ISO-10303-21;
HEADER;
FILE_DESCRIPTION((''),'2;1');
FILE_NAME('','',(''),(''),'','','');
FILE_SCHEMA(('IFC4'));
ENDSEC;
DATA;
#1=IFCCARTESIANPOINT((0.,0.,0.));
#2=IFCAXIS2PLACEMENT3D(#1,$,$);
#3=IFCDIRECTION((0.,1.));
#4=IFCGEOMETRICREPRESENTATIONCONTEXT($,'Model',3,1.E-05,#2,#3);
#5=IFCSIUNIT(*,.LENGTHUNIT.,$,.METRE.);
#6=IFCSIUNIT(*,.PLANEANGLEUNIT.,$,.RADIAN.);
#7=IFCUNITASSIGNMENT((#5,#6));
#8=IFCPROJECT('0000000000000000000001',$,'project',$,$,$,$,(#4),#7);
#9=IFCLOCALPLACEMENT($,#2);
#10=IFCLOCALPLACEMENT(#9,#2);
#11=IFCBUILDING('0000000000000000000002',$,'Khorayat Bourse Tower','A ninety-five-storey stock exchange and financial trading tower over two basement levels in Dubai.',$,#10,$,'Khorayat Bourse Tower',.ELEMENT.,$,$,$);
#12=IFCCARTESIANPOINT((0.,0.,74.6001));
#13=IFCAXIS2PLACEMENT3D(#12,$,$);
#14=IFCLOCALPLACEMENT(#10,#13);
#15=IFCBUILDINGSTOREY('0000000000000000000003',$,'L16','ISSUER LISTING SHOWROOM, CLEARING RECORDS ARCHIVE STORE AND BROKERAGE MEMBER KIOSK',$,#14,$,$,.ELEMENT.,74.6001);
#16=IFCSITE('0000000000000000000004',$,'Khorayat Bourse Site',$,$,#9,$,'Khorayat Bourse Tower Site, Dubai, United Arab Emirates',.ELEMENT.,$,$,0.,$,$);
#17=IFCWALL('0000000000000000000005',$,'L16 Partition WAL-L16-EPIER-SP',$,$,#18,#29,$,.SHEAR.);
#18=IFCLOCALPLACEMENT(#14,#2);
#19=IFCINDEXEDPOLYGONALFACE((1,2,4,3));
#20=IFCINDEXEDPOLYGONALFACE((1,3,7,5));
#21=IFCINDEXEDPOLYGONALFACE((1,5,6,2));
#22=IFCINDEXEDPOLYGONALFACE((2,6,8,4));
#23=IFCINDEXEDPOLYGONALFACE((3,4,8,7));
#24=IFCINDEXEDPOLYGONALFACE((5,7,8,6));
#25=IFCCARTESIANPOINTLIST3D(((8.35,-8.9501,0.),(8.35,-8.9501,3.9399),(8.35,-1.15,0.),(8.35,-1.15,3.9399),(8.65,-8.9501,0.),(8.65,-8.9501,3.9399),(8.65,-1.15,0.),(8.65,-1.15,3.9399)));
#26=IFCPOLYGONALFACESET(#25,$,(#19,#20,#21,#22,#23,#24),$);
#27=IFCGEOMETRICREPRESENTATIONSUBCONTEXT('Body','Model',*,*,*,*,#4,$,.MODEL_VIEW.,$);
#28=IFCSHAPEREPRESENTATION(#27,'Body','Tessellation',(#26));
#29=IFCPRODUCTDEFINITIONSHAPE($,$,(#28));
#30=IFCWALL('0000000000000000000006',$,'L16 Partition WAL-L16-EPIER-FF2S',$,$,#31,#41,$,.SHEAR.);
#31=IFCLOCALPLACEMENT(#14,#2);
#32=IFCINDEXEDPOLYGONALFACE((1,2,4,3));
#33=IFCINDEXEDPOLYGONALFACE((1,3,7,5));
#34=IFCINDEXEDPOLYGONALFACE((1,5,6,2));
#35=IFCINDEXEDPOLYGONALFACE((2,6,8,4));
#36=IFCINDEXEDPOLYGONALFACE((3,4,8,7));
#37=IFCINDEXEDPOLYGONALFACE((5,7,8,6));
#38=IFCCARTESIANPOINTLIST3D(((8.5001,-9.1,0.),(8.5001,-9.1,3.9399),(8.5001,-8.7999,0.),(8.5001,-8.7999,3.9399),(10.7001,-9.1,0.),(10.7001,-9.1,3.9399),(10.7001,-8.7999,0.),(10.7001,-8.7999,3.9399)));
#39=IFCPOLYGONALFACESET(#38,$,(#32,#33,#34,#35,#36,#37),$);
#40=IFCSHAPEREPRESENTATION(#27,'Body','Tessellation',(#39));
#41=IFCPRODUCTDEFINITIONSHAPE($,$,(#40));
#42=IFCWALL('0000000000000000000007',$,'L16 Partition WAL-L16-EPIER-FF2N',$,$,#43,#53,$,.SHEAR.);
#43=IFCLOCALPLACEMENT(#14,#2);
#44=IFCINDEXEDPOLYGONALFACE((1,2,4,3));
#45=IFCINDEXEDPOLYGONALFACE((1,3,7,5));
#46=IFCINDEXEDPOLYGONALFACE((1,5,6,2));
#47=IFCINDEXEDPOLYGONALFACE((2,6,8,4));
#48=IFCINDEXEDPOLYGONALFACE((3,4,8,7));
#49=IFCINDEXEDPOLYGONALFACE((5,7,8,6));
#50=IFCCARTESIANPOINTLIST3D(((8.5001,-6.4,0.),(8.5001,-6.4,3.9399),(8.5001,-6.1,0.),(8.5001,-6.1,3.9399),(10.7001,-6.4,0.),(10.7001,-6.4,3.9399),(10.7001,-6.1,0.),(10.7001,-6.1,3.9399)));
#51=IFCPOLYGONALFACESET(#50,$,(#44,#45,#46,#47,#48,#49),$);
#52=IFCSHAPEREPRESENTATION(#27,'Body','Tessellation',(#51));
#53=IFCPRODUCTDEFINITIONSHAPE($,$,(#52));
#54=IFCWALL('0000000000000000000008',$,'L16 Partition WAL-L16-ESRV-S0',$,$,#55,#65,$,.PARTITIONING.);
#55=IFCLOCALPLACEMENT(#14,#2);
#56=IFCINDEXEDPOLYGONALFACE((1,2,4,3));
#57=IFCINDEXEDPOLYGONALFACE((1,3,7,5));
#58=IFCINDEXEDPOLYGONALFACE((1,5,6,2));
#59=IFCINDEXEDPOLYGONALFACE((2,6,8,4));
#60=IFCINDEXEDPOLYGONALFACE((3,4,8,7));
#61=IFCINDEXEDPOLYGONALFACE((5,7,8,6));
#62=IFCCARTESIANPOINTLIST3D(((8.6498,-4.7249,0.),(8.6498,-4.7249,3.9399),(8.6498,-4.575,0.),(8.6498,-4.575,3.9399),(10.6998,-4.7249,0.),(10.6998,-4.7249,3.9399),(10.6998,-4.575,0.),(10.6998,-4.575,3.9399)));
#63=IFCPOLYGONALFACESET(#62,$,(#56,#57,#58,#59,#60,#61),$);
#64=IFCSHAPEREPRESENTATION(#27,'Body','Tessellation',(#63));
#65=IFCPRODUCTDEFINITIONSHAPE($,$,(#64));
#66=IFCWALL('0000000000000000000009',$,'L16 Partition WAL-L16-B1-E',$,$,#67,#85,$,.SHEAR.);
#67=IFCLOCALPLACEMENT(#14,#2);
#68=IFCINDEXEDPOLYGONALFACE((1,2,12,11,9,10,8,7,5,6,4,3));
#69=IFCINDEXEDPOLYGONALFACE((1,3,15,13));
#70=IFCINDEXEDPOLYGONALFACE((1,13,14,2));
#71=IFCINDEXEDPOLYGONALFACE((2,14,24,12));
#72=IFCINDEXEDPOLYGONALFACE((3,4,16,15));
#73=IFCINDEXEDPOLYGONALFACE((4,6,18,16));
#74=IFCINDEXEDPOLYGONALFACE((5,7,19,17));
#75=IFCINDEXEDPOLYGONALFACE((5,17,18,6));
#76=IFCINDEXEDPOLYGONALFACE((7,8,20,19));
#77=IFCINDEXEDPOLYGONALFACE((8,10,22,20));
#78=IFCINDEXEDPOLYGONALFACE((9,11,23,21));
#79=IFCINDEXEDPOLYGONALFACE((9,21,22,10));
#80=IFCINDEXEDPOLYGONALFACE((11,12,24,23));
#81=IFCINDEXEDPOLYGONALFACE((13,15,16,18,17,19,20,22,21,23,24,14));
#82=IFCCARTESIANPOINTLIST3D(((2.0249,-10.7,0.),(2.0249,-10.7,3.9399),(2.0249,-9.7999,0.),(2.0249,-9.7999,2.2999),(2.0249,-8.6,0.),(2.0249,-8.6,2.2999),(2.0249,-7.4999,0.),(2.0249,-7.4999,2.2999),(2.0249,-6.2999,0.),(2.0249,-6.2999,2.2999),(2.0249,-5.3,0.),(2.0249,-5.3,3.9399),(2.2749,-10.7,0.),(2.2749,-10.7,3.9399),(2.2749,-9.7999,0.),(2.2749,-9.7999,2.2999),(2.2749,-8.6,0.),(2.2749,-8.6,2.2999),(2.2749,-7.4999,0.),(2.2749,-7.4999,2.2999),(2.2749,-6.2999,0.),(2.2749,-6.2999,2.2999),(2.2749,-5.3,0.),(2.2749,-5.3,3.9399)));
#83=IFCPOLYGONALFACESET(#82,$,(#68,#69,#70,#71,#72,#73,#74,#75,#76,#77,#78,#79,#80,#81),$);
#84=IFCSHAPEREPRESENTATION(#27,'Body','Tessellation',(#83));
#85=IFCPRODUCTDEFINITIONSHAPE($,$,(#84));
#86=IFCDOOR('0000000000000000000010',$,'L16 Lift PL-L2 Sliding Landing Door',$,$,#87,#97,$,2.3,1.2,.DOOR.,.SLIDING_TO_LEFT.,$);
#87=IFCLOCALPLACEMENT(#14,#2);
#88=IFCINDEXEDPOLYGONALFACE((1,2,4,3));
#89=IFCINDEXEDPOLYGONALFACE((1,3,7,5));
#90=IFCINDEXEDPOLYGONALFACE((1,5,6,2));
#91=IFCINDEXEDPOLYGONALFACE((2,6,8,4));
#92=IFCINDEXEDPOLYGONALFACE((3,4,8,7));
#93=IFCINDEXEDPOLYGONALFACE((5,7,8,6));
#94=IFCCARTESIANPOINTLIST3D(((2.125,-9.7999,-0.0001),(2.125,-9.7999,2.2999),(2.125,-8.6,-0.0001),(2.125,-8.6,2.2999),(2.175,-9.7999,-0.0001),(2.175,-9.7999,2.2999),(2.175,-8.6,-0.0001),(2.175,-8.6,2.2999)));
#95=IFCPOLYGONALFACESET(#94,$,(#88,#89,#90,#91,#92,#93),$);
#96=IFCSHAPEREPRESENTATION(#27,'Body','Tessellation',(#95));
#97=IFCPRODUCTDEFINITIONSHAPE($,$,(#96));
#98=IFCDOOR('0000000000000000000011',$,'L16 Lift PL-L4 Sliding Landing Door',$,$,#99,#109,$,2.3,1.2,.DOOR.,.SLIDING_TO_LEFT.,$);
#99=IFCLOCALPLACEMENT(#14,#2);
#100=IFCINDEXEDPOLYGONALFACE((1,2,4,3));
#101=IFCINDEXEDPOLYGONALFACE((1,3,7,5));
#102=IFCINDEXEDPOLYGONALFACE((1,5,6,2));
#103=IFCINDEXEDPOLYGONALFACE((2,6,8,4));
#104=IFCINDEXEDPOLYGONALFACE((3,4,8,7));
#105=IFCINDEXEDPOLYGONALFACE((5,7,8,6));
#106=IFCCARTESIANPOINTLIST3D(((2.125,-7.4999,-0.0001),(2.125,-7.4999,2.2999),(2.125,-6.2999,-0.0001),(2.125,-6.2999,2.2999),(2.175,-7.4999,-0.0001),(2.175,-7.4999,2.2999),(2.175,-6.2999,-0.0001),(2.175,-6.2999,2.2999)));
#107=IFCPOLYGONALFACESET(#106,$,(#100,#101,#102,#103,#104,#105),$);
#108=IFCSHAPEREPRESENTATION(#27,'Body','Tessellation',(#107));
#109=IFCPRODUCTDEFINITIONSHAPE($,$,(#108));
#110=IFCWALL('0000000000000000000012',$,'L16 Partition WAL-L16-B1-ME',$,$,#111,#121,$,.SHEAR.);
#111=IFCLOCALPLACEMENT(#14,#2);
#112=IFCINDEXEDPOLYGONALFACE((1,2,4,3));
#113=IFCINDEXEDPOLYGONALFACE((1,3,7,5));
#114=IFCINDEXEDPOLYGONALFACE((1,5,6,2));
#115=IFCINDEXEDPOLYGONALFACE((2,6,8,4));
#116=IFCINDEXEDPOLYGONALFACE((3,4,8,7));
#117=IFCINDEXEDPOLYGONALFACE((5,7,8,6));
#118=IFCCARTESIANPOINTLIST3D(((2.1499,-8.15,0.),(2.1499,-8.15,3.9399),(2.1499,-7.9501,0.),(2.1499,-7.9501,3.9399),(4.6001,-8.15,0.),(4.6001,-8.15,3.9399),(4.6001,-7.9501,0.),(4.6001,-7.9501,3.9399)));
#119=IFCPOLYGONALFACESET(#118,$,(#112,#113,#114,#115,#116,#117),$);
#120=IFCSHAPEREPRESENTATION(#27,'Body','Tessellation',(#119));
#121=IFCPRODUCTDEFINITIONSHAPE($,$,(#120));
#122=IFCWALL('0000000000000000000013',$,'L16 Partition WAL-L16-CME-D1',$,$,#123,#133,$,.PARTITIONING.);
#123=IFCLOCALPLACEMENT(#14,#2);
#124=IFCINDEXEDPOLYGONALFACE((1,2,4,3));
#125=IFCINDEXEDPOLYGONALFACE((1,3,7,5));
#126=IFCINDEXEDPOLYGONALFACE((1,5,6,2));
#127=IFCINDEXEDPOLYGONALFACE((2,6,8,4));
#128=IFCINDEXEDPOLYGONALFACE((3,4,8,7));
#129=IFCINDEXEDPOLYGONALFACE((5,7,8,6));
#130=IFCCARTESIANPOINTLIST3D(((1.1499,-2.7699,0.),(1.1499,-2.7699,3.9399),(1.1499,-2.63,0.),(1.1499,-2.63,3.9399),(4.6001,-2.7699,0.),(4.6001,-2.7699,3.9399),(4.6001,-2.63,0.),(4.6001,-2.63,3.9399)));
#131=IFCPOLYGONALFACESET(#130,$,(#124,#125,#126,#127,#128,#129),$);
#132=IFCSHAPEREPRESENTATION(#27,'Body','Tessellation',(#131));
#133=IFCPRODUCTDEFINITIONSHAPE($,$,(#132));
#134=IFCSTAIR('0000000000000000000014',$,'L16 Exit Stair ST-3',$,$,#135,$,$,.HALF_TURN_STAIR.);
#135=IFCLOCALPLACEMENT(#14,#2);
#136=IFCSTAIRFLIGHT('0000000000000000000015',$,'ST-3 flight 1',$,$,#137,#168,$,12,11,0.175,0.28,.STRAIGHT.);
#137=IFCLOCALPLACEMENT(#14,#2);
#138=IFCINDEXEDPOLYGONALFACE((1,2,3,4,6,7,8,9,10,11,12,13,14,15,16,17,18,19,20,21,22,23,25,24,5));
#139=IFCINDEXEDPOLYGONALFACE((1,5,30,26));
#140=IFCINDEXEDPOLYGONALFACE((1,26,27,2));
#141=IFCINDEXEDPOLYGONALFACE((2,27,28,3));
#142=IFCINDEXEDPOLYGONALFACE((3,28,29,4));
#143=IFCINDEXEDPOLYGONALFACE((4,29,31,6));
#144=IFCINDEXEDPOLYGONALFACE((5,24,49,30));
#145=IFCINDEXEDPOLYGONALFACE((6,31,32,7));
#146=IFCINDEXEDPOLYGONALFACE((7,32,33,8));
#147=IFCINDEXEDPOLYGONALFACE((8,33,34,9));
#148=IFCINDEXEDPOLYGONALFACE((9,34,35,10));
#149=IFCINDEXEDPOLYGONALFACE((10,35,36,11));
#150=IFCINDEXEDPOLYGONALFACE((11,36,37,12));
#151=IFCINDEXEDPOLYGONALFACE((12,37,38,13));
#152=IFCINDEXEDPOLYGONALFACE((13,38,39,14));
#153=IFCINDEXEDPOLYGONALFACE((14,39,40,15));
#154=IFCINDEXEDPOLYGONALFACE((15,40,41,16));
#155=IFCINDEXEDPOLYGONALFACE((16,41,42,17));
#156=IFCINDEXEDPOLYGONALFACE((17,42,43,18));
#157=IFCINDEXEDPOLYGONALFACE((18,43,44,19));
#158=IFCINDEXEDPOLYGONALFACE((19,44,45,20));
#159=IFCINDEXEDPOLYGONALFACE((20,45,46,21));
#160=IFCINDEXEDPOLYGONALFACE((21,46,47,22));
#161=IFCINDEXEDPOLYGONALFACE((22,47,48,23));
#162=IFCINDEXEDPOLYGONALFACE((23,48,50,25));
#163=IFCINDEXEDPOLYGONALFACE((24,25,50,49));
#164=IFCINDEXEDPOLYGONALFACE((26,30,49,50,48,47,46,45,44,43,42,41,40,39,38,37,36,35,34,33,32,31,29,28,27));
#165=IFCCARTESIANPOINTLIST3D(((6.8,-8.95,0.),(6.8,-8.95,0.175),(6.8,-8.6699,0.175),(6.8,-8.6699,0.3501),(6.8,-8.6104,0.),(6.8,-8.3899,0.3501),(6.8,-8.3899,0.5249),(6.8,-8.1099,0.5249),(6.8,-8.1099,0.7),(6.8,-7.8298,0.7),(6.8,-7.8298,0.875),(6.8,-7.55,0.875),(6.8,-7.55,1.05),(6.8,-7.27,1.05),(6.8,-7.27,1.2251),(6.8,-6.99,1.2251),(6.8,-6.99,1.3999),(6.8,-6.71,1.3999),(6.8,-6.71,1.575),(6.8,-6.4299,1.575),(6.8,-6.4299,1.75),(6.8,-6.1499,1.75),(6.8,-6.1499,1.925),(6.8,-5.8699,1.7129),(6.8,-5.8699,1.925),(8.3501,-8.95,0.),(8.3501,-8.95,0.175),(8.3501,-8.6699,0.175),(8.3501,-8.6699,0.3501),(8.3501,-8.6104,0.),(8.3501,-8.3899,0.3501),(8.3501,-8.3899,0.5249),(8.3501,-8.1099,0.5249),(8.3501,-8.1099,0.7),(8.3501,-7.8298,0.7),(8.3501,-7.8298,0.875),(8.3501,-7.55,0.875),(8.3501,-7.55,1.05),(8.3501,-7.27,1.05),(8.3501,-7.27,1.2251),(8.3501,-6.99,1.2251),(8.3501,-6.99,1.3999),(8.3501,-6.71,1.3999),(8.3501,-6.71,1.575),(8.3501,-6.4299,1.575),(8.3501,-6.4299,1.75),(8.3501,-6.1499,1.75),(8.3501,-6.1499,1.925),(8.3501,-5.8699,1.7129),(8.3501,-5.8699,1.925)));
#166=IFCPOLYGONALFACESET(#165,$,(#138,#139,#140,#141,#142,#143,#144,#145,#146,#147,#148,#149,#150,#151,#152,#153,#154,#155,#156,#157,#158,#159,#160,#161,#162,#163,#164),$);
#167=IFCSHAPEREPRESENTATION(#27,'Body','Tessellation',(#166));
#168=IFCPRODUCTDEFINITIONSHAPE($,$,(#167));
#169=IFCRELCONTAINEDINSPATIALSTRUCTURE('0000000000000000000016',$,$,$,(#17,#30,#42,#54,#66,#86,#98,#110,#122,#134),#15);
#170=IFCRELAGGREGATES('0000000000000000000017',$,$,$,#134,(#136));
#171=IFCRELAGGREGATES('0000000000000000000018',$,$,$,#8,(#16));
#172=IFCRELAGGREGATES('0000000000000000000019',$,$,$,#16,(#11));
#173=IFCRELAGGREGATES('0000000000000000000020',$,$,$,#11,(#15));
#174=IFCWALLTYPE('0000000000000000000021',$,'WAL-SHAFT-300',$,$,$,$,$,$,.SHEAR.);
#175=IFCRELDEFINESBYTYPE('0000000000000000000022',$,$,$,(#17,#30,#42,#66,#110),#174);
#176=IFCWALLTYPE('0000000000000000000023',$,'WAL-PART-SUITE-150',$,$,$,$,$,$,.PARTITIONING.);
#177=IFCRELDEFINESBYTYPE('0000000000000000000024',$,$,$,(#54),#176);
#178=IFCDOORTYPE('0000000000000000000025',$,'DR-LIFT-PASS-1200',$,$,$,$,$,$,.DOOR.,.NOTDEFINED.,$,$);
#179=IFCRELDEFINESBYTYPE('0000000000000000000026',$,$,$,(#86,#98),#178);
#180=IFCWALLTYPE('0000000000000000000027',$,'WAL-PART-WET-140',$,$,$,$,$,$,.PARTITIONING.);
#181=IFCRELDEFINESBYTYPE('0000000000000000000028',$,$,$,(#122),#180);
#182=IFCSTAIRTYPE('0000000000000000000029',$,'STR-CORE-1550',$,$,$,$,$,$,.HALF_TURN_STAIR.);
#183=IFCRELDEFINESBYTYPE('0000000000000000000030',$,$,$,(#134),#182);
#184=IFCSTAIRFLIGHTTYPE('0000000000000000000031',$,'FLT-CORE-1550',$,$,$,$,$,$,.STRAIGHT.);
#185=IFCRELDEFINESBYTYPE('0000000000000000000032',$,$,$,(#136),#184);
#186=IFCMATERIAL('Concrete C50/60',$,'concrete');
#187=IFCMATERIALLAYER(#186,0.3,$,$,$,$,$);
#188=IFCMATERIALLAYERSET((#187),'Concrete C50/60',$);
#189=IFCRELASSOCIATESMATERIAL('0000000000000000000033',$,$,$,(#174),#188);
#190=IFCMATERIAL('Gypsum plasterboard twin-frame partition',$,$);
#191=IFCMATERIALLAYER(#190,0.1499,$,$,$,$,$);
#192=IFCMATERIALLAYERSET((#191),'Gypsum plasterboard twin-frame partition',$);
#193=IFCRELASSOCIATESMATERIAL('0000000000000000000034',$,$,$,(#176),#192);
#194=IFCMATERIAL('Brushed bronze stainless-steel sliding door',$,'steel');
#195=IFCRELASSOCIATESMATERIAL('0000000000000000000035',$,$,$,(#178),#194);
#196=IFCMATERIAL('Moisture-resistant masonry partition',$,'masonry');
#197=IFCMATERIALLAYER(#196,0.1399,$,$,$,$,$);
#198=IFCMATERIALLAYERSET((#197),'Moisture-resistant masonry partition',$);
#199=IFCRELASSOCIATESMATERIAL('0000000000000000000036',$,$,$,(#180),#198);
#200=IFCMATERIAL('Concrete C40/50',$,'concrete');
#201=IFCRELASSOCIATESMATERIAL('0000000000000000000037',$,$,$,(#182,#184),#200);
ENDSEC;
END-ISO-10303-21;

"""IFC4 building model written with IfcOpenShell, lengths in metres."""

from ifc_helpers import new_model, si_unit, direction, frame, frame_2d, origin, place, context, subcontext, project, spatial, polyline, rectangle, outline, extrude, source, transform, mapped, material, layer, layer_set, type_object, element, fill, aggregate, save


model = new_model("IFC4")

# Units and contexts
model_context = context("Model", 3, precision=1e-05, world=origin(), true_north=direction((0.0, 1.0)))
body_context = subcontext(model_context, "Body", "Model", "MODEL_VIEW")
ifc_project = project(units=[si_unit("LENGTHUNIT", "METRE"), si_unit("PLANEANGLEUNIT", "RADIAN")], contexts=[model_context])

# Site, building, storey
site_placement = place(None, origin())
site = spatial("IfcSite", under=ifc_project, at=site_placement, Name="Khorayat Bourse Site", LongName="Khorayat Bourse Tower Site, Dubai, United Arab Emirates", CompositionType="ELEMENT", RefElevation=0.0)
building_placement = place(site_placement, origin())
building = spatial("IfcBuilding", under=site, at=building_placement, Name="Khorayat Bourse Tower", Description="A ninety-five-storey stock exchange and financial trading tower over two basement levels in Dubai.", LongName="Khorayat Bourse Tower", CompositionType="ELEMENT")
storey_placement = place(building_placement, frame((0.0, 0.0, 74.6001)))
storey = spatial("IfcBuildingStorey", under=building, at=storey_placement, Name="L16", Description="ISSUER LISTING SHOWROOM, CLEARING RECORDS ARCHIVE STORE AND BROKERAGE MEMBER KIOSK", CompositionType="ELEMENT", Elevation=74.6001)

# Walls
ifc_material_1 = material(Name="Concrete C50/60", Category="concrete")
ifc_layer_1 = layer(ifc_material_1, 0.3)
ifc_layer_set_1 = layer_set([ifc_layer_1], Name="Concrete C50/60")
wall_type_1 = type_object("IfcWallType", Name="WAL-SHAFT-300", PredefinedType="SHEAR", material=ifc_layer_set_1)
shared_shape_1 = source(origin(), body_context, "Body", "SweptSolid", [
    extrude(rectangle(XDim=7.8, YDim=0.3, at=frame_2d((3.8999, 0.0))), origin(), (0.0, 0.0, 1.0), 3.9399),
])
wall_1_placement = place(storey_placement, frame((8.5, -8.95, 0.0), z_axis=(0.0, 0.0, 1.0), x_axis=(0.0, 1.0, 0.0)))
element("IfcWall", 1, at=wall_1_placement, inside=storey, type_object=wall_type_1, Name="L16 Partition WAL-L16-EPIER-SP", PredefinedType="SHEAR", context=body_context, shape_type="MappedRepresentation", body=[
    mapped(shared_shape_1, transform((0.0, 0.0, 0.0), scale=1.0)),
])
shared_shape_2 = source(origin(), body_context, "Body", "SweptSolid", [
    extrude(rectangle(XDim=2.2, YDim=0.3, at=frame_2d((1.1001, 0.0))), origin(), (0.0, 0.0, 1.0), 3.9399),
])
for number, where, z_axis, x_axis, name in (
    (2, (8.5, -8.95, 0.0), (0.0, 0.0, 1.0), (1.0, 0.0, 0.0), "L16 Partition WAL-L16-EPIER-FF2S"),
    (3, (8.5, -6.25, 0.0), (0.0, 0.0, 1.0), (1.0, 0.0, 0.0), "L16 Partition WAL-L16-EPIER-FF2N"),
):
    element("IfcWall", number, at=place(storey_placement, frame(where, z_axis=z_axis, x_axis=x_axis)), inside=storey, type_object=wall_type_1, Name=name, PredefinedType="SHEAR", context=body_context, shape_type="MappedRepresentation", body=[
        mapped(shared_shape_2, transform((0.0, 0.0, 0.0), scale=1.0)),
    ])
ifc_material_2 = material(Name="Gypsum plasterboard twin-frame partition")
ifc_layer_2 = layer(ifc_material_2, 0.1499)
ifc_layer_set_2 = layer_set([ifc_layer_2], Name="Gypsum plasterboard twin-frame partition")
wall_type_2 = type_object("IfcWallType", Name="WAL-PART-SUITE-150", PredefinedType="PARTITIONING", material=ifc_layer_set_2)
shared_shape_3 = source(origin(), body_context, "Body", "SweptSolid", [
    extrude(rectangle(XDim=2.05, YDim=0.1499, at=frame_2d((1.0249, 0.0))), origin(), (0.0, 0.0, 1.0), 3.9399),
])
wall_2_placement = place(storey_placement, frame((8.6499, -4.6499, 0.0), z_axis=(0.0, 0.0, 1.0), x_axis=(1.0, 0.0, 0.0)))
element("IfcWall", 4, at=wall_2_placement, inside=storey, type_object=wall_type_2, Name="L16 Partition WAL-L16-ESRV-S0", PredefinedType="PARTITIONING", context=body_context, shape_type="MappedRepresentation", body=[
    mapped(shared_shape_3, transform((0.0, 0.0, 0.0), scale=1.0)),
])

# Wall, openings, doors
shared_shape_4 = source(origin(), body_context, "Body", "SweptSolid", [
    extrude(rectangle(XDim=5.3999, YDim=0.25, at=frame_2d((2.7, 0.0))), origin(), (0.0, 0.0, 1.0), 3.9399),
])
wall_3_placement = place(storey_placement, frame((2.1499, -10.7, 0.0), z_axis=(0.0, 0.0, 1.0), x_axis=(0.0, 1.0, 0.0)))
wall_3 = element("IfcWall", 5, at=wall_3_placement, inside=storey, type_object=wall_type_1, Name="L16 Partition WAL-L16-B1-E", PredefinedType="SHEAR", context=body_context, shape_type="MappedRepresentation", body=[
    mapped(shared_shape_4, transform((0.0, 0.0, 0.0), scale=1.0)),
])
shared_shape_5 = source(origin(), body_context, "Body", "SweptSolid", [
    extrude(rectangle(XDim=1.2, YDim=2.3, at=frame_2d((0.6001, 1.1499))), frame((0.0, 0.135, 0.0), z_axis=(0.0, -1.0, 0.0), x_axis=(1.0, 0.0, 0.0)), (0.0, 0.0, 1.0), 0.27),
])
opening_1_placement = place(wall_3_placement, frame((0.8999, 0.0, 0.0)))
opening_1 = element("IfcOpeningElement", 6, at=opening_1_placement, cuts=wall_3, PredefinedType="OPENING", context=body_context, shape_type="MappedRepresentation", body=[
    mapped(shared_shape_5, transform((0.0, 0.0, 0.0), scale=1.0)),
])
opening_2_placement = place(wall_3_placement, frame((3.2, 0.0, 0.0)))
opening_2 = element("IfcOpeningElement", 7, at=opening_2_placement, cuts=wall_3, PredefinedType="OPENING", context=body_context, shape_type="MappedRepresentation", body=[
    mapped(shared_shape_5, transform((0.0, 0.0, 0.0), scale=1.0)),
])
ifc_material_3 = material(Name="Brushed bronze stainless-steel sliding door", Category="steel")
door_type_1 = type_object("IfcDoorType", Name="DR-LIFT-PASS-1200", OperationType="NOTDEFINED", PredefinedType="DOOR", material=ifc_material_3)
shared_shape_6 = source(origin(), body_context, "Body", "SweptSolid", [
    extrude(rectangle(XDim=1.2, YDim=2.3, at=frame_2d((0.6001, 1.1499))), frame((0.0, 0.0249, 0.0), z_axis=(0.0, -1.0, 0.0), x_axis=(1.0, 0.0, 0.0)), (0.0, 0.0, 1.0), 0.05),
])
door_1_placement = place(opening_1_placement, origin())
door_1 = element("IfcDoor", 8, at=door_1_placement, inside=storey, type_object=door_type_1, Name="L16 Lift PL-L2 Sliding Landing Door", OperationType="SLIDING_TO_LEFT", OverallHeight=2.3, OverallWidth=1.2, PredefinedType="DOOR", context=body_context, shape_type="MappedRepresentation", body=[
    mapped(shared_shape_6, transform((0.0, 0.0, 0.0), scale=1.0)),
])
fill(opening_1, door_1)
door_2_placement = place(opening_2_placement, origin())
door_2 = element("IfcDoor", 9, at=door_2_placement, inside=storey, type_object=door_type_1, Name="L16 Lift PL-L4 Sliding Landing Door", OperationType="SLIDING_TO_LEFT", OverallHeight=2.3, OverallWidth=1.2, PredefinedType="DOOR", context=body_context, shape_type="MappedRepresentation", body=[
    mapped(shared_shape_6, transform((0.0, 0.0, 0.0), scale=1.0)),
])
fill(opening_2, door_2)

# Walls
shared_shape_7 = source(origin(), body_context, "Body", "SweptSolid", [
    extrude(rectangle(XDim=2.4502, YDim=0.2, at=frame_2d((1.2251, 0.0))), origin(), (0.0, 0.0, 1.0), 3.9399),
])
wall_4_placement = place(storey_placement, frame((2.1499, -8.05, 0.0), z_axis=(0.0, 0.0, 1.0), x_axis=(1.0, 0.0, 0.0)))
element("IfcWall", 10, at=wall_4_placement, inside=storey, type_object=wall_type_1, Name="L16 Partition WAL-L16-B1-ME", PredefinedType="SHEAR", context=body_context, shape_type="MappedRepresentation", body=[
    mapped(shared_shape_7, transform((0.0, 0.0, 0.0), scale=1.0)),
])
ifc_material_4 = material(Name="Moisture-resistant masonry partition", Category="masonry")
ifc_layer_3 = layer(ifc_material_4, 0.1399)
ifc_layer_set_3 = layer_set([ifc_layer_3], Name="Moisture-resistant masonry partition")
wall_type_3 = type_object("IfcWallType", Name="WAL-PART-WET-140", PredefinedType="PARTITIONING", material=ifc_layer_set_3)
shared_shape_8 = source(origin(), body_context, "Body", "SweptSolid", [
    extrude(rectangle(XDim=3.4502, YDim=0.1399, at=frame_2d((1.7251, 0.0))), origin(), (0.0, 0.0, 1.0), 3.9399),
])
wall_5_placement = place(storey_placement, frame((1.1499, -2.7, 0.0), z_axis=(0.0, 0.0, 1.0), x_axis=(1.0, 0.0, 0.0)))
element("IfcWall", 11, at=wall_5_placement, inside=storey, type_object=wall_type_3, Name="L16 Partition WAL-L16-CME-D1", PredefinedType="PARTITIONING", context=body_context, shape_type="MappedRepresentation", body=[
    mapped(shared_shape_8, transform((0.0, 0.0, 0.0), scale=1.0)),
])

# Stair, stair flight
ifc_material_5 = material(Name="Concrete C40/50", Category="concrete")
stair_type = type_object("IfcStairType", Name="STR-CORE-1550", PredefinedType="HALF_TURN_STAIR", material=ifc_material_5)
stair_placement = place(storey_placement, origin())
stair = element("IfcStair", 12, at=stair_placement, inside=storey, type_object=stair_type, Name="L16 Exit Stair ST-3", PredefinedType="HALF_TURN_STAIR")
stair_flight_type = type_object("IfcStairFlightType", Name="FLT-CORE-1550", PredefinedType="STRAIGHT", material=ifc_material_5)
shared_shape_9 = source(origin(), body_context, "Body", "SweptSolid", [
    extrude(outline(polyline([(0.0, 0.0), (0.0, 0.175), (0.28, 0.175), (0.28, 0.3501), (0.5601, 0.3501), (0.5601, 0.5249), (0.8401, 0.5249), (0.8401, 0.7), (1.1201, 0.7), (1.1201, 0.875), (1.3999, 0.875), (1.3999, 1.05), (1.6799, 1.05), (1.6799, 1.2251), (1.96, 1.2251), (1.96, 1.3999), (2.24, 1.3999), (2.24, 1.575), (2.52, 1.575), (2.52, 1.75), (2.8, 1.75), (2.8, 1.925), (3.0801, 1.925), (3.0801, 2.1001), (3.0801, 1.7129), (0.3396, 0.0), (0.0, 0.0)])), frame((0.0, 0.7749, 0.0), z_axis=(0.0, -1.0, 0.0), x_axis=(1.0, 0.0, 0.0)), (0.0, 0.0, 1.0), 1.55),
])
stair_flight_1_placement = place(storey_placement, frame((7.575, -8.95, 0.0), z_axis=(0.0, 0.0, 1.0), x_axis=(0.0, 1.0, 0.0)))
stair_flight_1 = element("IfcStairFlight", 13, at=stair_flight_1_placement, type_object=stair_flight_type, Name="ST-3 flight 1", NumberOfRisers=12, NumberOfTreads=11, PredefinedType="STRAIGHT", RiserHeight=0.175, TreadLength=0.28, context=body_context, shape_type="MappedRepresentation", body=[
    mapped(shared_shape_9, transform((0.0, 0.0, 0.0), scale=1.0)),
])
aggregate(stair, [stair_flight_1])

save(model, "model.ifc")
